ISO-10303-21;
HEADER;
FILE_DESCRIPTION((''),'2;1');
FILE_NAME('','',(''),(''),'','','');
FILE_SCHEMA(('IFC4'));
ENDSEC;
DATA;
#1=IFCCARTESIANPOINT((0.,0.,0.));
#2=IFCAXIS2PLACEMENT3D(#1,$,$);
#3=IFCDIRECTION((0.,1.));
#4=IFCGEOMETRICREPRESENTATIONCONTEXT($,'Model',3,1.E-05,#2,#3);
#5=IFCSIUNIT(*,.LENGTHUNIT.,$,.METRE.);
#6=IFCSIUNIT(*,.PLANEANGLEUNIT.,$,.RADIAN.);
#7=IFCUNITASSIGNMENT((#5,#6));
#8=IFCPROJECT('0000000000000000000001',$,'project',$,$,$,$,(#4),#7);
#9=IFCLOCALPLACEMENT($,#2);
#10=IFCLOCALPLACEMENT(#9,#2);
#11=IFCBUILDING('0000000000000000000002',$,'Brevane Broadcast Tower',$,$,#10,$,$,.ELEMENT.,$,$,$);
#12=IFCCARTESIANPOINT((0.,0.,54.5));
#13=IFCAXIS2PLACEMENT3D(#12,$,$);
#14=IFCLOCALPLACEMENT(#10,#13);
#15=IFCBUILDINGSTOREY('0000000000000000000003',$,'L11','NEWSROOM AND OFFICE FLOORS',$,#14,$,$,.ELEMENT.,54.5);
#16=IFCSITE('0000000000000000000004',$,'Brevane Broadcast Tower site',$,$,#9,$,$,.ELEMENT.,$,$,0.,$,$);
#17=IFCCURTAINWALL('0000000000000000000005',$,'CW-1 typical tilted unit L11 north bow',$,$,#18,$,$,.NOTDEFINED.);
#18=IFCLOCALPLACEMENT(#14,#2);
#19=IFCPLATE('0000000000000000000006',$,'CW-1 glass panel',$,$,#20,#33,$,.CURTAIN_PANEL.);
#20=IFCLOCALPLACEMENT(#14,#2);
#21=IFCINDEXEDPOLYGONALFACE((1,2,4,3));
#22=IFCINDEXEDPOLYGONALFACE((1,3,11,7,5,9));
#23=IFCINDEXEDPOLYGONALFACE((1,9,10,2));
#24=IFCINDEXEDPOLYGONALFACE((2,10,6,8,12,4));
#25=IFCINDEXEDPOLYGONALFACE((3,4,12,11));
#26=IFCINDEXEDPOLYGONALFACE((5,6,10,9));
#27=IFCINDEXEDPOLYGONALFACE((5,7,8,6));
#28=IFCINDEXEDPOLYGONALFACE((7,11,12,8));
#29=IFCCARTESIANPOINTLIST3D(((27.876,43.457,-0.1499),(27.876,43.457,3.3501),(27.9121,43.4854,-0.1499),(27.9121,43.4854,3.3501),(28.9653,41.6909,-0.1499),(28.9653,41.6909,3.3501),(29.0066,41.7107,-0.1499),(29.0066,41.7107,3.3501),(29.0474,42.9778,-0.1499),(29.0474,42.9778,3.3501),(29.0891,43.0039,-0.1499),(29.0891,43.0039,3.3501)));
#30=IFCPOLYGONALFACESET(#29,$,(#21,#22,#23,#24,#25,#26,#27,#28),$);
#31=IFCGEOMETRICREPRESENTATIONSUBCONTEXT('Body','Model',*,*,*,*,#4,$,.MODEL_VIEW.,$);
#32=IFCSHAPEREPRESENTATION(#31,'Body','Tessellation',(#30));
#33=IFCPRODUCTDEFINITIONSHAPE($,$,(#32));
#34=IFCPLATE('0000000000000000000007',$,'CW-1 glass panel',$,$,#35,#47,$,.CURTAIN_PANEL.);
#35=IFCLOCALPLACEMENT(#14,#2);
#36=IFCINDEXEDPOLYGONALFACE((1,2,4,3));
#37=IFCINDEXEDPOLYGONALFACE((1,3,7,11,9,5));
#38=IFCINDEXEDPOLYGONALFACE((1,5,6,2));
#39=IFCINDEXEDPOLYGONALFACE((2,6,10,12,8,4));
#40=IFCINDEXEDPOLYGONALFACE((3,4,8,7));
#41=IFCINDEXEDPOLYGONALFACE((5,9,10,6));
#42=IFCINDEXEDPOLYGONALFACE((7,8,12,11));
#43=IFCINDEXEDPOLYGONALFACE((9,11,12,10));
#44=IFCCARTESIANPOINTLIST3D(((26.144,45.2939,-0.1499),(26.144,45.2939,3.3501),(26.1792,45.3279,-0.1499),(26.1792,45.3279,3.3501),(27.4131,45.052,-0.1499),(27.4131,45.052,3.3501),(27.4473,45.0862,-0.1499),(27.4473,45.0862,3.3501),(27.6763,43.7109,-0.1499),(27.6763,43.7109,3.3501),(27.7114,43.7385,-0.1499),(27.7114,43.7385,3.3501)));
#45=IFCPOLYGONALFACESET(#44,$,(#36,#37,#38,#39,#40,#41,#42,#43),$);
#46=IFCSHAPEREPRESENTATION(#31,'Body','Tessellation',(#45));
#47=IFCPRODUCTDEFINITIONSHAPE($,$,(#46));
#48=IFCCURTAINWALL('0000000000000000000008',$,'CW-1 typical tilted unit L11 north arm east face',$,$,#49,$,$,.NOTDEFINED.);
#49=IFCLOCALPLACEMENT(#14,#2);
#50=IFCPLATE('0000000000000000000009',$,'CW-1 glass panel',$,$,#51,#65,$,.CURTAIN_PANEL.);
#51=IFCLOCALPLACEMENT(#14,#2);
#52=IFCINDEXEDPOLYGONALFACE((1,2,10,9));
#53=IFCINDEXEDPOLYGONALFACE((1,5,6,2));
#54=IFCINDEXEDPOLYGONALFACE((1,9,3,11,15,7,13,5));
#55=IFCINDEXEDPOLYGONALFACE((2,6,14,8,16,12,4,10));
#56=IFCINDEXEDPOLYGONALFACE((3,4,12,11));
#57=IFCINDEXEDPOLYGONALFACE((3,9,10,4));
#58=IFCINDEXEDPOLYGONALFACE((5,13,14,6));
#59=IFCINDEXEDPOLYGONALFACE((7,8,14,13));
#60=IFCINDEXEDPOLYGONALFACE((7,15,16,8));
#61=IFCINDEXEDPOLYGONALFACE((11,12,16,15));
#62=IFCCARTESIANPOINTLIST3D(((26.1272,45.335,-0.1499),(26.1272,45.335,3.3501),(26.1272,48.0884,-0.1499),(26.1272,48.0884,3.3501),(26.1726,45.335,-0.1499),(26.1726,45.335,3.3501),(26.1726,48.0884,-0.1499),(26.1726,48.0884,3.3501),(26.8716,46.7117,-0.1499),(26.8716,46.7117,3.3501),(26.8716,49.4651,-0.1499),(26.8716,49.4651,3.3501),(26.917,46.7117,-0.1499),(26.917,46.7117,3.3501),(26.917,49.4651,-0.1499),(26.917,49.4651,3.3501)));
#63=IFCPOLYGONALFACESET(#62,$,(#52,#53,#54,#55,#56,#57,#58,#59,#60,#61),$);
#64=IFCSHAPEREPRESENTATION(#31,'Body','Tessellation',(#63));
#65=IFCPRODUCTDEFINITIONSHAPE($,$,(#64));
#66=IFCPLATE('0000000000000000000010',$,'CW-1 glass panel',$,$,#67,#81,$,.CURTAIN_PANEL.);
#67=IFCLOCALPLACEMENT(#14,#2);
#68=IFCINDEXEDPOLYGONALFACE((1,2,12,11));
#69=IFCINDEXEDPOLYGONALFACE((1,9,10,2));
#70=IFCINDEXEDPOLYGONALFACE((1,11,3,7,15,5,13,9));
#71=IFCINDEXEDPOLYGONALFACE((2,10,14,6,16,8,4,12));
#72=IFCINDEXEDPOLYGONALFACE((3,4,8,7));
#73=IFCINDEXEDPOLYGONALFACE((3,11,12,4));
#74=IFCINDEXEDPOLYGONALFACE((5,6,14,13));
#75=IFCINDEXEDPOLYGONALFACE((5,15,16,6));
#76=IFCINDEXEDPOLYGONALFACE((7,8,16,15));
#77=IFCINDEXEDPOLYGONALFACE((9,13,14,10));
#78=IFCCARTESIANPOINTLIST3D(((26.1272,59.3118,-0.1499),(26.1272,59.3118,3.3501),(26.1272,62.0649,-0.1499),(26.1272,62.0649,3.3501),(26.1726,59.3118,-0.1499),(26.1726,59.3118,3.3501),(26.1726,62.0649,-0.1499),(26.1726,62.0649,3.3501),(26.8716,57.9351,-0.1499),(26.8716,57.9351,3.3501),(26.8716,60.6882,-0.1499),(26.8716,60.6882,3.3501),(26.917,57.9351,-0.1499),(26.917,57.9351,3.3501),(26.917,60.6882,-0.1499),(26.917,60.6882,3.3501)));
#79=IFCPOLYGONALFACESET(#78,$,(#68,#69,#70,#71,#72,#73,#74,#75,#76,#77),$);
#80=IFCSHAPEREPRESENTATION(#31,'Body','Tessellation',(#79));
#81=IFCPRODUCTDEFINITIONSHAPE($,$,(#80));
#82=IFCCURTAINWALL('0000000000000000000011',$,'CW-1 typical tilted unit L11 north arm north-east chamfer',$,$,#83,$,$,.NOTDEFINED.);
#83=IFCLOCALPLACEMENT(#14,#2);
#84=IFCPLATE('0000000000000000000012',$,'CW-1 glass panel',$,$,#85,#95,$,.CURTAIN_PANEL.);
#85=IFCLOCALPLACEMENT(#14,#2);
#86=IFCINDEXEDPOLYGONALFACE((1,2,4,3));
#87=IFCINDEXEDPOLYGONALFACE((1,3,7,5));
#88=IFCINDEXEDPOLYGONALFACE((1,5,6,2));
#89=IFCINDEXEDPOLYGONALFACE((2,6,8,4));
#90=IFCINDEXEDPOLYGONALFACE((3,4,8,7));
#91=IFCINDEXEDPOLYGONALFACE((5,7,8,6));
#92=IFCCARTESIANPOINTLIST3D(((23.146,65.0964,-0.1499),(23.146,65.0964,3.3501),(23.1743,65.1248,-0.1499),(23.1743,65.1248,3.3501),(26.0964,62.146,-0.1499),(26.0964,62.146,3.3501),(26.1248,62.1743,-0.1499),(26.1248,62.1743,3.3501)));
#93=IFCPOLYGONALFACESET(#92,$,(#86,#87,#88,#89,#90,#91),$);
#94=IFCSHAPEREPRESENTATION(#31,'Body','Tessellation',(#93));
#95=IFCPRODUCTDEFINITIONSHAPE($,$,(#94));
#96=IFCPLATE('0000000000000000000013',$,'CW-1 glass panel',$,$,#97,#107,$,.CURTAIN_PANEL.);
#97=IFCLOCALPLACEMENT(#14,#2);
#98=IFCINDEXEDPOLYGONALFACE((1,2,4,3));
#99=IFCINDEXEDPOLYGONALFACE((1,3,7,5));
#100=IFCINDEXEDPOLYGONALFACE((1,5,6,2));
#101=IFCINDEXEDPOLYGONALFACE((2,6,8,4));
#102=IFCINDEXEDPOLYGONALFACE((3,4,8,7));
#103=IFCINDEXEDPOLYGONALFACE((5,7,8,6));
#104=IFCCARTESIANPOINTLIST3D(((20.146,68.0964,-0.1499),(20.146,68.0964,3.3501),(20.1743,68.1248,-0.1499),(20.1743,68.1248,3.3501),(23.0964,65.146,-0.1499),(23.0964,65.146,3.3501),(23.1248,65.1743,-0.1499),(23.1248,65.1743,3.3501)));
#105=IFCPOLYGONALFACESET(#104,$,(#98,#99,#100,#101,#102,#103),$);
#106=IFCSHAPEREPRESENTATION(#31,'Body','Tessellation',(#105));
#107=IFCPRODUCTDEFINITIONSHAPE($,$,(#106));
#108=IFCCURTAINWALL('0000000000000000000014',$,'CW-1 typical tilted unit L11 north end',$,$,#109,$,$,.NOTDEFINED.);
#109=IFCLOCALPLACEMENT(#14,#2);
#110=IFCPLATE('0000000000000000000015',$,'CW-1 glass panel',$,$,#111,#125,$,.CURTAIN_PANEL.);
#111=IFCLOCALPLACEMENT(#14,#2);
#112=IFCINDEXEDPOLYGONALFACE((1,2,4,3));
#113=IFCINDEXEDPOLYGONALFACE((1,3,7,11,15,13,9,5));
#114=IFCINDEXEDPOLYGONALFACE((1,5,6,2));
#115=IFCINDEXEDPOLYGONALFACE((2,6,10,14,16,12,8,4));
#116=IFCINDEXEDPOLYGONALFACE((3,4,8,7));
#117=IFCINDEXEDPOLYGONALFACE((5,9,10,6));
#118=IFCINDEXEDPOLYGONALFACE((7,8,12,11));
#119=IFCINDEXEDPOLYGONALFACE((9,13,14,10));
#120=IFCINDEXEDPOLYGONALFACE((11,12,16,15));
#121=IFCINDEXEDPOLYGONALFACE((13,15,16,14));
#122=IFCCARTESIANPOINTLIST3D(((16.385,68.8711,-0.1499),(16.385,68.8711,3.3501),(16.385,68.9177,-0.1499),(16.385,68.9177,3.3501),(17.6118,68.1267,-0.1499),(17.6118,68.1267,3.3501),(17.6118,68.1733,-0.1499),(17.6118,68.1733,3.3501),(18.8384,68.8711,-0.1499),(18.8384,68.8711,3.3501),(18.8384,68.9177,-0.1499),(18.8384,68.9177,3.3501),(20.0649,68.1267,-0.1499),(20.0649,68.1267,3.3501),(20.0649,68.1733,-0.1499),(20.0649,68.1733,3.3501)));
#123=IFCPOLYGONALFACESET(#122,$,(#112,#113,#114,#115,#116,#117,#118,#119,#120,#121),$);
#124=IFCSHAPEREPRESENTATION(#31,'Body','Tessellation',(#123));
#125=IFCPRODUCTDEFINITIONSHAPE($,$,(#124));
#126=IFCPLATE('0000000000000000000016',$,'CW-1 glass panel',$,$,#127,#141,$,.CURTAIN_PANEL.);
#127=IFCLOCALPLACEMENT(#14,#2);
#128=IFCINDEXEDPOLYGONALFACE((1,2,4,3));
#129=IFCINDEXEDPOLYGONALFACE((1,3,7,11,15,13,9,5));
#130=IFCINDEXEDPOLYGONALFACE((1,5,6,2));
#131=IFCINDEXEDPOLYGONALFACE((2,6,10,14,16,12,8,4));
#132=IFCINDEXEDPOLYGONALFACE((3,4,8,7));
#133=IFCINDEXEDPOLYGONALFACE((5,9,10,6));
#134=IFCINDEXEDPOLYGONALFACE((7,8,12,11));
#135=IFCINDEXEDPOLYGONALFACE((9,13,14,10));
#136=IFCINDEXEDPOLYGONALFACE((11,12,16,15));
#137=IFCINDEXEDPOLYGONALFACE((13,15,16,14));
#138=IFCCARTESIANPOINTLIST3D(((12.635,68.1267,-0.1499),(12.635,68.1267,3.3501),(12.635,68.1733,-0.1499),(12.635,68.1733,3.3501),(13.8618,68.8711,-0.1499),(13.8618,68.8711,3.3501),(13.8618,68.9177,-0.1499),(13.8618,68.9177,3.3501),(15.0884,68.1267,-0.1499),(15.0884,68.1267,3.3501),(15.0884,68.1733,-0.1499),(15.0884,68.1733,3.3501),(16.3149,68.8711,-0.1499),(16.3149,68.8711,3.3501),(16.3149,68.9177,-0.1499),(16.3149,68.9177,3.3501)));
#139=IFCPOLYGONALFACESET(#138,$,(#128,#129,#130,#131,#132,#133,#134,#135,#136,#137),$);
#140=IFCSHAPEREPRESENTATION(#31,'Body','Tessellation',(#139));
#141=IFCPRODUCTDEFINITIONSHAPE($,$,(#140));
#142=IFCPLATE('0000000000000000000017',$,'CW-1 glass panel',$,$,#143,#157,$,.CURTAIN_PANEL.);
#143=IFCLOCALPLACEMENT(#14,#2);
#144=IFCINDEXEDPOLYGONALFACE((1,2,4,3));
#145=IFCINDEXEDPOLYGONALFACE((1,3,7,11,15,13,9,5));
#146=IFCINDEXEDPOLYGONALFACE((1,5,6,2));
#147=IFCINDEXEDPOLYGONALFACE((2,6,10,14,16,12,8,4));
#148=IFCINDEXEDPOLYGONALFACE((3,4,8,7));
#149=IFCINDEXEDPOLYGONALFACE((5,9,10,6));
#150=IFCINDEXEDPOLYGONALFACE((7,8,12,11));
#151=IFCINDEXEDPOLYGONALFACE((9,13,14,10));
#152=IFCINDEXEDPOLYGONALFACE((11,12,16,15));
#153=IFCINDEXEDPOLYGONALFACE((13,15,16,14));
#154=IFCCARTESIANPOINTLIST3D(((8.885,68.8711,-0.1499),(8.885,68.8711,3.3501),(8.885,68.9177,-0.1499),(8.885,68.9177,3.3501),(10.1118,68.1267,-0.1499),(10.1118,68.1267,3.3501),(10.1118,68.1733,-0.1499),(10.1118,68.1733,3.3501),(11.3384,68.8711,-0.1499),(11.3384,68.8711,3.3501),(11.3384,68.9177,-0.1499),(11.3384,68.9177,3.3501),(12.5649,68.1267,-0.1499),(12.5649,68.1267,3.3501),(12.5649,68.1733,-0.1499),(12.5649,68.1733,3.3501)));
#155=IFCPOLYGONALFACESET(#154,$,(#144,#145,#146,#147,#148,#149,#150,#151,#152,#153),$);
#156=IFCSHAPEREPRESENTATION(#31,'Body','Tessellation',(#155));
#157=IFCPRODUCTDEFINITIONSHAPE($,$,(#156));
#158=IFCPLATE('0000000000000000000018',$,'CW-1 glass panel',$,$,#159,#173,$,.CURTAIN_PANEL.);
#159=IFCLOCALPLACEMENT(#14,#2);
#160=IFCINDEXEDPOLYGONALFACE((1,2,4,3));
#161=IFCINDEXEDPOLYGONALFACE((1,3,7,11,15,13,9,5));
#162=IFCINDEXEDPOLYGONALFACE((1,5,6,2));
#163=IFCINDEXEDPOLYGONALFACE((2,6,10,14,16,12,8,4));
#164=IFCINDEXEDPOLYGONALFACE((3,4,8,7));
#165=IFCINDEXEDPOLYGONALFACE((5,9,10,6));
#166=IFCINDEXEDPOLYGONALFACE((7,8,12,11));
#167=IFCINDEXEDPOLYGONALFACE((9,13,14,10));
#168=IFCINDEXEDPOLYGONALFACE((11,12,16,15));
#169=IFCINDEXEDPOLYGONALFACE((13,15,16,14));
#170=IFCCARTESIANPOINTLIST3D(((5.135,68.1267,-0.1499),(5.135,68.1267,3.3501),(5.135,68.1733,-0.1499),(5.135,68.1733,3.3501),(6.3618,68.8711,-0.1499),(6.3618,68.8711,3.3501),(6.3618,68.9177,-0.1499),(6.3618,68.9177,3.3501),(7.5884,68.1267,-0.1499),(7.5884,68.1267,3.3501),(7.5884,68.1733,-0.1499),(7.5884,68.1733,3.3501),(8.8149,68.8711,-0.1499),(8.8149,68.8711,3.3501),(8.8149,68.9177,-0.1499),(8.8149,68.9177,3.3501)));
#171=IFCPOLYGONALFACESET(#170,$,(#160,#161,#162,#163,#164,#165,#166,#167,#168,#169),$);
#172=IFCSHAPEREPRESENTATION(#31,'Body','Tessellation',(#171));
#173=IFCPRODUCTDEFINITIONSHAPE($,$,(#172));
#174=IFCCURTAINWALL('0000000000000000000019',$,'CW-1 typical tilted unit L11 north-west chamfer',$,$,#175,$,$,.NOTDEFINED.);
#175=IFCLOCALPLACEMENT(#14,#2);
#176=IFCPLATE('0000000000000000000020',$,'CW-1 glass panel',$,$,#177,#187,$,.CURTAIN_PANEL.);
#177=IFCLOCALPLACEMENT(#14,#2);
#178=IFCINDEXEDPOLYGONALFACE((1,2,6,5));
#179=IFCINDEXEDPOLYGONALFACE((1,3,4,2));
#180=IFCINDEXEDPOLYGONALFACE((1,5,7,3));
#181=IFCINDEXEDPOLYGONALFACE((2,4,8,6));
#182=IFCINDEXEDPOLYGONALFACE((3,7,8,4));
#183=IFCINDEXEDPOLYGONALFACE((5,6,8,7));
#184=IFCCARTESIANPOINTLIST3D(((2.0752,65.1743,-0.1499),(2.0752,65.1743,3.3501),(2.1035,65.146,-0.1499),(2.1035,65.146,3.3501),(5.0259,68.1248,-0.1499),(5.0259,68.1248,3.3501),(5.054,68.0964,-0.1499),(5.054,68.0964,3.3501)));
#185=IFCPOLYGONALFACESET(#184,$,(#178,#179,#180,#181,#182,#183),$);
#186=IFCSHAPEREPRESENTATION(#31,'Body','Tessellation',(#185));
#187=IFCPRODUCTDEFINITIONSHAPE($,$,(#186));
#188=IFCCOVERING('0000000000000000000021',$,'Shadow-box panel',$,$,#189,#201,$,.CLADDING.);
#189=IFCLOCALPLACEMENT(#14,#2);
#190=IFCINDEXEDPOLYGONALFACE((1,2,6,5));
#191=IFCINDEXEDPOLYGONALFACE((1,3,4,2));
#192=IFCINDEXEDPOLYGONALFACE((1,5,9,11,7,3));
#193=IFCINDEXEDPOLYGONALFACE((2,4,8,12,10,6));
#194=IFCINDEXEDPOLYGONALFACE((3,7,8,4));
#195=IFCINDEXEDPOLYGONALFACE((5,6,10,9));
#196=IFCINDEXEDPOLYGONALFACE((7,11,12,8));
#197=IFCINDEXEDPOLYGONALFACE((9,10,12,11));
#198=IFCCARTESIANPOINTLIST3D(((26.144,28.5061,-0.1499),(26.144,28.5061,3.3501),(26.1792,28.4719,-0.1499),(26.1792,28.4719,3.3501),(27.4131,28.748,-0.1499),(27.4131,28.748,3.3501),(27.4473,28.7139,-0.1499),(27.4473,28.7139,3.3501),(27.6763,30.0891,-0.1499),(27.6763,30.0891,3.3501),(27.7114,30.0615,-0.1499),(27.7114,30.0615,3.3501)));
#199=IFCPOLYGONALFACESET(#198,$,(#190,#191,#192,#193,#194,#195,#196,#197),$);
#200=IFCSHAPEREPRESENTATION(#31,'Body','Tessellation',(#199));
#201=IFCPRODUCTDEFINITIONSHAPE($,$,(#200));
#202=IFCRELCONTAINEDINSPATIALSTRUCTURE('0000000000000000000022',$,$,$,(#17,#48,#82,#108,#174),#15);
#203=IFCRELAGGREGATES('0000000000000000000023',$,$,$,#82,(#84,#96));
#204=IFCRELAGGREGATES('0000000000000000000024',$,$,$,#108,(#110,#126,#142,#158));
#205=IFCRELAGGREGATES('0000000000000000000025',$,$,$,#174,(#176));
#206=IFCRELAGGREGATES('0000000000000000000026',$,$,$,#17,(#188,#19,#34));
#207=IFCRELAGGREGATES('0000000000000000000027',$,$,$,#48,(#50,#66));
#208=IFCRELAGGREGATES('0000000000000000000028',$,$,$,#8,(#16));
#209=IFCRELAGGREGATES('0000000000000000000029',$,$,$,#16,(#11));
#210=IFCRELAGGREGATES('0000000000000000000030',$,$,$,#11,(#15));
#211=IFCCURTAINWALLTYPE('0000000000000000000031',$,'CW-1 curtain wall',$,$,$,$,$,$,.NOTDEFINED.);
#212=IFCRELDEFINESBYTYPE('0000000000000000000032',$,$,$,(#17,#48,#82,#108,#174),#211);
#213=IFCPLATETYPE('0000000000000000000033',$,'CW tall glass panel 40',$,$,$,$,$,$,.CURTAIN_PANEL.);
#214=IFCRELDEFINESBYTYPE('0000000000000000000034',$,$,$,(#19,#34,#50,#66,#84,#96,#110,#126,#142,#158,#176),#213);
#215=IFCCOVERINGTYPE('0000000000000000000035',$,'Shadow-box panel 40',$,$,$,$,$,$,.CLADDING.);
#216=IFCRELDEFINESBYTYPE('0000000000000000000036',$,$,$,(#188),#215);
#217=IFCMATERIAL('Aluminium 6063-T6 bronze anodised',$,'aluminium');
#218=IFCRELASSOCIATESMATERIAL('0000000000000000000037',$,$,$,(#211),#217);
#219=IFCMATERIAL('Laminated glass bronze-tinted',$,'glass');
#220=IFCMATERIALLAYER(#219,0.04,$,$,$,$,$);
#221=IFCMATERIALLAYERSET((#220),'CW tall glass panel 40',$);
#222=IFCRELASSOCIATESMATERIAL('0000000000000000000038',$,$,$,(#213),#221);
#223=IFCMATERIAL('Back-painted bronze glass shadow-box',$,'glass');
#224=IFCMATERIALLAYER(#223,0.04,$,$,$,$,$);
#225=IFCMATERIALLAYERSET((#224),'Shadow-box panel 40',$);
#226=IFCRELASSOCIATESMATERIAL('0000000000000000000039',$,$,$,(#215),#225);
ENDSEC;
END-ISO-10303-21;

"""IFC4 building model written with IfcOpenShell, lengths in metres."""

from ifc_helpers import new_model, si_unit, direction, frame, origin, place, context, subcontext, project, spatial, polyline, outline, extrude, material, layer, layer_set, type_object, element, aggregate, save


model = new_model("IFC4")

# Units and contexts
model_context = context("Model", 3, precision=1e-05, world=origin(), true_north=direction((0.0, 1.0)))
body_context = subcontext(model_context, "Body", "Model", "MODEL_VIEW")
ifc_project = project(units=[si_unit("LENGTHUNIT", "METRE"), si_unit("PLANEANGLEUNIT", "RADIAN")], contexts=[model_context])

# Site, building, storey
site_placement = place(None, origin())
site = spatial("IfcSite", under=ifc_project, at=site_placement, Name="Brevane Broadcast Tower site", CompositionType="ELEMENT", RefElevation=0.0)
building_placement = place(site_placement, origin())
building = spatial("IfcBuilding", under=site, at=building_placement, Name="Brevane Broadcast Tower", CompositionType="ELEMENT")
storey_placement = place(building_placement, frame((0.0, 0.0, 54.5)))
storey = spatial("IfcBuildingStorey", under=building, at=storey_placement, Name="L11", Description="NEWSROOM AND OFFICE FLOORS", CompositionType="ELEMENT", Elevation=54.5)

# Shared definitions
ifc_material_1 = material(Name="Aluminium 6063-T6 bronze anodised", Category="aluminium")
curtain_wall_type = type_object("IfcCurtainWallType", Name="CW-1 curtain wall", PredefinedType="NOTDEFINED", material=ifc_material_1)

# Curtain walls, plates
ifc_material_2 = material(Name="Laminated glass bronze-tinted", Category="glass")
ifc_layer_1 = layer(ifc_material_2, 0.04)
ifc_layer_set_1 = layer_set([ifc_layer_1], Name="CW tall glass panel 40")
plate_type = type_object("IfcPlateType", Name="CW tall glass panel 40", PredefinedType="CURTAIN_PANEL", material=ifc_layer_set_1)
curtain_wall_1_placement = place(storey_placement, origin())
curtain_wall_1 = element("IfcCurtainWall", 1, at=curtain_wall_1_placement, inside=storey, type_object=curtain_wall_type, Name="CW-1 typical tilted unit L11 north bow", PredefinedType="NOTDEFINED")
plate_1_placement = place(storey_placement, frame((0.0, 0.0, -0.1499)))
plate_1 = element("IfcPlate", 2, at=plate_1_placement, type_object=plate_type, Name="CW-1 glass panel", PredefinedType="CURTAIN_PANEL", context=body_context, shape_type="SweptSolid", body=[
    extrude(outline(polyline([(28.9653, 41.6909), (29.0066, 41.7107), (29.0891, 43.0039), (27.9121, 43.4854), (27.876, 43.457), (29.0474, 42.9778), (28.9653, 41.6909)])), origin(), (0.0, 0.0, 1.0), 3.5),
])
plate_2_placement = place(storey_placement, frame((0.0, 0.0, -0.1499)))
plate_2 = element("IfcPlate", 3, at=plate_2_placement, type_object=plate_type, Name="CW-1 glass panel", PredefinedType="CURTAIN_PANEL", context=body_context, shape_type="SweptSolid", body=[
    extrude(outline(polyline([(27.6763, 43.7109), (27.7114, 43.7385), (27.4473, 45.0862), (26.1792, 45.3279), (26.144, 45.2939), (27.4131, 45.052), (27.6763, 43.7109)])), origin(), (0.0, 0.0, 1.0), 3.5),
])
curtain_wall_2_placement = place(storey_placement, origin())
curtain_wall_2 = element("IfcCurtainWall", 4, at=curtain_wall_2_placement, inside=storey, type_object=curtain_wall_type, Name="CW-1 typical tilted unit L11 north arm east face", PredefinedType="NOTDEFINED")
plate_3_placement = place(storey_placement, frame((0.0, 0.0, -0.1499)))
plate_3 = element("IfcPlate", 5, at=plate_3_placement, type_object=plate_type, Name="CW-1 glass panel", PredefinedType="CURTAIN_PANEL", context=body_context, shape_type="SweptSolid", body=[
    extrude(outline(polyline([(26.1272, 45.335), (26.1726, 45.335), (26.917, 46.7117), (26.1726, 48.0884), (26.917, 49.4651), (26.8716, 49.4651), (26.1272, 48.0884), (26.8716, 46.7117), (26.1272, 45.335)])), origin(), (0.0, 0.0, 1.0), 3.5),
])
plate_4_placement = place(storey_placement, frame((0.0, 0.0, -0.1499)))
plate_4 = element("IfcPlate", 6, at=plate_4_placement, type_object=plate_type, Name="CW-1 glass panel", PredefinedType="CURTAIN_PANEL", context=body_context, shape_type="SweptSolid", body=[
    extrude(outline(polyline([(26.8716, 57.9351), (26.917, 57.9351), (26.1726, 59.3118), (26.917, 60.6882), (26.1726, 62.0649), (26.1272, 62.0649), (26.8716, 60.6882), (26.1272, 59.3118), (26.8716, 57.9351)])), origin(), (0.0, 0.0, 1.0), 3.5),
])
curtain_wall_3_placement = place(storey_placement, origin())
curtain_wall_3 = element("IfcCurtainWall", 7, at=curtain_wall_3_placement, inside=storey, type_object=curtain_wall_type, Name="CW-1 typical tilted unit L11 north arm north-east chamfer", PredefinedType="NOTDEFINED")
plate_5_placement = place(storey_placement, frame((0.0, 0.0, -0.1499)))
plate_5 = element("IfcPlate", 8, at=plate_5_placement, type_object=plate_type, Name="CW-1 glass panel", PredefinedType="CURTAIN_PANEL", context=body_context, shape_type="SweptSolid", body=[
    extrude(outline(polyline([(26.0964, 62.146), (23.146, 65.0964), (23.1743, 65.1248), (26.1248, 62.1743), (26.0964, 62.146)])), origin(), (0.0, 0.0, 1.0), 3.5),
])
plate_6_placement = place(storey_placement, frame((0.0, 0.0, -0.1499)))
plate_6 = element("IfcPlate", 9, at=plate_6_placement, type_object=plate_type, Name="CW-1 glass panel", PredefinedType="CURTAIN_PANEL", context=body_context, shape_type="SweptSolid", body=[
    extrude(outline(polyline([(23.0964, 65.146), (20.146, 68.0964), (20.1743, 68.1248), (23.1248, 65.1743), (23.0964, 65.146)])), origin(), (0.0, 0.0, 1.0), 3.5),
])
aggregate(curtain_wall_3, [plate_5, plate_6])
curtain_wall_4_placement = place(storey_placement, origin())
curtain_wall_4 = element("IfcCurtainWall", 10, at=curtain_wall_4_placement, inside=storey, type_object=curtain_wall_type, Name="CW-1 typical tilted unit L11 north end", PredefinedType="NOTDEFINED")
plate_7_placement = place(storey_placement, frame((0.0, 0.0, -0.1499)))
plate_7 = element("IfcPlate", 11, at=plate_7_placement, type_object=plate_type, Name="CW-1 glass panel", PredefinedType="CURTAIN_PANEL", context=body_context, shape_type="SweptSolid", body=[
    extrude(outline(polyline([(20.0649, 68.1267), (20.0649, 68.1733), (18.8384, 68.9177), (17.6118, 68.1733), (16.385, 68.9177), (16.385, 68.8711), (17.6118, 68.1267), (18.8384, 68.8711), (20.0649, 68.1267)])), origin(), (0.0, 0.0, 1.0), 3.5),
])
plate_8_placement = place(storey_placement, frame((0.0, 0.0, -0.1499)))
plate_8 = element("IfcPlate", 12, at=plate_8_placement, type_object=plate_type, Name="CW-1 glass panel", PredefinedType="CURTAIN_PANEL", context=body_context, shape_type="SweptSolid", body=[
    extrude(outline(polyline([(16.3149, 68.8711), (16.3149, 68.9177), (15.0884, 68.1733), (13.8618, 68.9177), (12.635, 68.1733), (12.635, 68.1267), (13.8618, 68.8711), (15.0884, 68.1267), (16.3149, 68.8711)])), origin(), (0.0, 0.0, 1.0), 3.5),
])
plate_9_placement = place(storey_placement, frame((0.0, 0.0, -0.1499)))
plate_9 = element("IfcPlate", 13, at=plate_9_placement, type_object=plate_type, Name="CW-1 glass panel", PredefinedType="CURTAIN_PANEL", context=body_context, shape_type="SweptSolid", body=[
    extrude(outline(polyline([(12.5649, 68.1267), (12.5649, 68.1733), (11.3384, 68.9177), (10.1118, 68.1733), (8.885, 68.9177), (8.885, 68.8711), (10.1118, 68.1267), (11.3384, 68.8711), (12.5649, 68.1267)])), origin(), (0.0, 0.0, 1.0), 3.5),
])
plate_10_placement = place(storey_placement, frame((0.0, 0.0, -0.1499)))
plate_10 = element("IfcPlate", 14, at=plate_10_placement, type_object=plate_type, Name="CW-1 glass panel", PredefinedType="CURTAIN_PANEL", context=body_context, shape_type="SweptSolid", body=[
    extrude(outline(polyline([(8.8149, 68.8711), (8.8149, 68.9177), (7.5884, 68.1733), (6.3618, 68.9177), (5.135, 68.1733), (5.135, 68.1267), (6.3618, 68.8711), (7.5884, 68.1267), (8.8149, 68.8711)])), origin(), (0.0, 0.0, 1.0), 3.5),
])
aggregate(curtain_wall_4, [plate_7, plate_8, plate_9, plate_10])

# Curtain wall, plate
curtain_wall_5_placement = place(storey_placement, origin())
curtain_wall_5 = element("IfcCurtainWall", 15, at=curtain_wall_5_placement, inside=storey, type_object=curtain_wall_type, Name="CW-1 typical tilted unit L11 north-west chamfer", PredefinedType="NOTDEFINED")
plate_11_placement = place(storey_placement, frame((0.0, 0.0, -0.1499)))
plate_11 = element("IfcPlate", 16, at=plate_11_placement, type_object=plate_type, Name="CW-1 glass panel", PredefinedType="CURTAIN_PANEL", context=body_context, shape_type="SweptSolid", body=[
    extrude(outline(polyline([(5.054, 68.0964), (2.1035, 65.146), (2.0752, 65.1743), (5.0259, 68.1248), (5.054, 68.0964)])), origin(), (0.0, 0.0, 1.0), 3.5),
])
aggregate(curtain_wall_5, [plate_11])

# Covering
ifc_material_3 = material(Name="Back-painted bronze glass shadow-box", Category="glass")
ifc_layer_2 = layer(ifc_material_3, 0.04)
ifc_layer_set_2 = layer_set([ifc_layer_2], Name="Shadow-box panel 40")
covering_type = type_object("IfcCoveringType", Name="Shadow-box panel 40", PredefinedType="CLADDING", material=ifc_layer_set_2)
covering_1_placement = place(storey_placement, frame((0.0, 0.0, -0.1499)))
covering_1 = element("IfcCovering", 17, at=covering_1_placement, type_object=covering_type, Name="Shadow-box panel", PredefinedType="CLADDING", context=body_context, shape_type="SweptSolid", body=[
    extrude(outline(polyline([(26.144, 28.5061), (26.1792, 28.4719), (27.4473, 28.7139), (27.7114, 30.0615), (27.6763, 30.0891), (27.4131, 28.748), (26.144, 28.5061)])), origin(), (0.0, 0.0, 1.0), 3.5),
])
aggregate(curtain_wall_1, [covering_1, plate_1, plate_2])
aggregate(curtain_wall_2, [plate_3, plate_4])

save(model, "model.ifc")
